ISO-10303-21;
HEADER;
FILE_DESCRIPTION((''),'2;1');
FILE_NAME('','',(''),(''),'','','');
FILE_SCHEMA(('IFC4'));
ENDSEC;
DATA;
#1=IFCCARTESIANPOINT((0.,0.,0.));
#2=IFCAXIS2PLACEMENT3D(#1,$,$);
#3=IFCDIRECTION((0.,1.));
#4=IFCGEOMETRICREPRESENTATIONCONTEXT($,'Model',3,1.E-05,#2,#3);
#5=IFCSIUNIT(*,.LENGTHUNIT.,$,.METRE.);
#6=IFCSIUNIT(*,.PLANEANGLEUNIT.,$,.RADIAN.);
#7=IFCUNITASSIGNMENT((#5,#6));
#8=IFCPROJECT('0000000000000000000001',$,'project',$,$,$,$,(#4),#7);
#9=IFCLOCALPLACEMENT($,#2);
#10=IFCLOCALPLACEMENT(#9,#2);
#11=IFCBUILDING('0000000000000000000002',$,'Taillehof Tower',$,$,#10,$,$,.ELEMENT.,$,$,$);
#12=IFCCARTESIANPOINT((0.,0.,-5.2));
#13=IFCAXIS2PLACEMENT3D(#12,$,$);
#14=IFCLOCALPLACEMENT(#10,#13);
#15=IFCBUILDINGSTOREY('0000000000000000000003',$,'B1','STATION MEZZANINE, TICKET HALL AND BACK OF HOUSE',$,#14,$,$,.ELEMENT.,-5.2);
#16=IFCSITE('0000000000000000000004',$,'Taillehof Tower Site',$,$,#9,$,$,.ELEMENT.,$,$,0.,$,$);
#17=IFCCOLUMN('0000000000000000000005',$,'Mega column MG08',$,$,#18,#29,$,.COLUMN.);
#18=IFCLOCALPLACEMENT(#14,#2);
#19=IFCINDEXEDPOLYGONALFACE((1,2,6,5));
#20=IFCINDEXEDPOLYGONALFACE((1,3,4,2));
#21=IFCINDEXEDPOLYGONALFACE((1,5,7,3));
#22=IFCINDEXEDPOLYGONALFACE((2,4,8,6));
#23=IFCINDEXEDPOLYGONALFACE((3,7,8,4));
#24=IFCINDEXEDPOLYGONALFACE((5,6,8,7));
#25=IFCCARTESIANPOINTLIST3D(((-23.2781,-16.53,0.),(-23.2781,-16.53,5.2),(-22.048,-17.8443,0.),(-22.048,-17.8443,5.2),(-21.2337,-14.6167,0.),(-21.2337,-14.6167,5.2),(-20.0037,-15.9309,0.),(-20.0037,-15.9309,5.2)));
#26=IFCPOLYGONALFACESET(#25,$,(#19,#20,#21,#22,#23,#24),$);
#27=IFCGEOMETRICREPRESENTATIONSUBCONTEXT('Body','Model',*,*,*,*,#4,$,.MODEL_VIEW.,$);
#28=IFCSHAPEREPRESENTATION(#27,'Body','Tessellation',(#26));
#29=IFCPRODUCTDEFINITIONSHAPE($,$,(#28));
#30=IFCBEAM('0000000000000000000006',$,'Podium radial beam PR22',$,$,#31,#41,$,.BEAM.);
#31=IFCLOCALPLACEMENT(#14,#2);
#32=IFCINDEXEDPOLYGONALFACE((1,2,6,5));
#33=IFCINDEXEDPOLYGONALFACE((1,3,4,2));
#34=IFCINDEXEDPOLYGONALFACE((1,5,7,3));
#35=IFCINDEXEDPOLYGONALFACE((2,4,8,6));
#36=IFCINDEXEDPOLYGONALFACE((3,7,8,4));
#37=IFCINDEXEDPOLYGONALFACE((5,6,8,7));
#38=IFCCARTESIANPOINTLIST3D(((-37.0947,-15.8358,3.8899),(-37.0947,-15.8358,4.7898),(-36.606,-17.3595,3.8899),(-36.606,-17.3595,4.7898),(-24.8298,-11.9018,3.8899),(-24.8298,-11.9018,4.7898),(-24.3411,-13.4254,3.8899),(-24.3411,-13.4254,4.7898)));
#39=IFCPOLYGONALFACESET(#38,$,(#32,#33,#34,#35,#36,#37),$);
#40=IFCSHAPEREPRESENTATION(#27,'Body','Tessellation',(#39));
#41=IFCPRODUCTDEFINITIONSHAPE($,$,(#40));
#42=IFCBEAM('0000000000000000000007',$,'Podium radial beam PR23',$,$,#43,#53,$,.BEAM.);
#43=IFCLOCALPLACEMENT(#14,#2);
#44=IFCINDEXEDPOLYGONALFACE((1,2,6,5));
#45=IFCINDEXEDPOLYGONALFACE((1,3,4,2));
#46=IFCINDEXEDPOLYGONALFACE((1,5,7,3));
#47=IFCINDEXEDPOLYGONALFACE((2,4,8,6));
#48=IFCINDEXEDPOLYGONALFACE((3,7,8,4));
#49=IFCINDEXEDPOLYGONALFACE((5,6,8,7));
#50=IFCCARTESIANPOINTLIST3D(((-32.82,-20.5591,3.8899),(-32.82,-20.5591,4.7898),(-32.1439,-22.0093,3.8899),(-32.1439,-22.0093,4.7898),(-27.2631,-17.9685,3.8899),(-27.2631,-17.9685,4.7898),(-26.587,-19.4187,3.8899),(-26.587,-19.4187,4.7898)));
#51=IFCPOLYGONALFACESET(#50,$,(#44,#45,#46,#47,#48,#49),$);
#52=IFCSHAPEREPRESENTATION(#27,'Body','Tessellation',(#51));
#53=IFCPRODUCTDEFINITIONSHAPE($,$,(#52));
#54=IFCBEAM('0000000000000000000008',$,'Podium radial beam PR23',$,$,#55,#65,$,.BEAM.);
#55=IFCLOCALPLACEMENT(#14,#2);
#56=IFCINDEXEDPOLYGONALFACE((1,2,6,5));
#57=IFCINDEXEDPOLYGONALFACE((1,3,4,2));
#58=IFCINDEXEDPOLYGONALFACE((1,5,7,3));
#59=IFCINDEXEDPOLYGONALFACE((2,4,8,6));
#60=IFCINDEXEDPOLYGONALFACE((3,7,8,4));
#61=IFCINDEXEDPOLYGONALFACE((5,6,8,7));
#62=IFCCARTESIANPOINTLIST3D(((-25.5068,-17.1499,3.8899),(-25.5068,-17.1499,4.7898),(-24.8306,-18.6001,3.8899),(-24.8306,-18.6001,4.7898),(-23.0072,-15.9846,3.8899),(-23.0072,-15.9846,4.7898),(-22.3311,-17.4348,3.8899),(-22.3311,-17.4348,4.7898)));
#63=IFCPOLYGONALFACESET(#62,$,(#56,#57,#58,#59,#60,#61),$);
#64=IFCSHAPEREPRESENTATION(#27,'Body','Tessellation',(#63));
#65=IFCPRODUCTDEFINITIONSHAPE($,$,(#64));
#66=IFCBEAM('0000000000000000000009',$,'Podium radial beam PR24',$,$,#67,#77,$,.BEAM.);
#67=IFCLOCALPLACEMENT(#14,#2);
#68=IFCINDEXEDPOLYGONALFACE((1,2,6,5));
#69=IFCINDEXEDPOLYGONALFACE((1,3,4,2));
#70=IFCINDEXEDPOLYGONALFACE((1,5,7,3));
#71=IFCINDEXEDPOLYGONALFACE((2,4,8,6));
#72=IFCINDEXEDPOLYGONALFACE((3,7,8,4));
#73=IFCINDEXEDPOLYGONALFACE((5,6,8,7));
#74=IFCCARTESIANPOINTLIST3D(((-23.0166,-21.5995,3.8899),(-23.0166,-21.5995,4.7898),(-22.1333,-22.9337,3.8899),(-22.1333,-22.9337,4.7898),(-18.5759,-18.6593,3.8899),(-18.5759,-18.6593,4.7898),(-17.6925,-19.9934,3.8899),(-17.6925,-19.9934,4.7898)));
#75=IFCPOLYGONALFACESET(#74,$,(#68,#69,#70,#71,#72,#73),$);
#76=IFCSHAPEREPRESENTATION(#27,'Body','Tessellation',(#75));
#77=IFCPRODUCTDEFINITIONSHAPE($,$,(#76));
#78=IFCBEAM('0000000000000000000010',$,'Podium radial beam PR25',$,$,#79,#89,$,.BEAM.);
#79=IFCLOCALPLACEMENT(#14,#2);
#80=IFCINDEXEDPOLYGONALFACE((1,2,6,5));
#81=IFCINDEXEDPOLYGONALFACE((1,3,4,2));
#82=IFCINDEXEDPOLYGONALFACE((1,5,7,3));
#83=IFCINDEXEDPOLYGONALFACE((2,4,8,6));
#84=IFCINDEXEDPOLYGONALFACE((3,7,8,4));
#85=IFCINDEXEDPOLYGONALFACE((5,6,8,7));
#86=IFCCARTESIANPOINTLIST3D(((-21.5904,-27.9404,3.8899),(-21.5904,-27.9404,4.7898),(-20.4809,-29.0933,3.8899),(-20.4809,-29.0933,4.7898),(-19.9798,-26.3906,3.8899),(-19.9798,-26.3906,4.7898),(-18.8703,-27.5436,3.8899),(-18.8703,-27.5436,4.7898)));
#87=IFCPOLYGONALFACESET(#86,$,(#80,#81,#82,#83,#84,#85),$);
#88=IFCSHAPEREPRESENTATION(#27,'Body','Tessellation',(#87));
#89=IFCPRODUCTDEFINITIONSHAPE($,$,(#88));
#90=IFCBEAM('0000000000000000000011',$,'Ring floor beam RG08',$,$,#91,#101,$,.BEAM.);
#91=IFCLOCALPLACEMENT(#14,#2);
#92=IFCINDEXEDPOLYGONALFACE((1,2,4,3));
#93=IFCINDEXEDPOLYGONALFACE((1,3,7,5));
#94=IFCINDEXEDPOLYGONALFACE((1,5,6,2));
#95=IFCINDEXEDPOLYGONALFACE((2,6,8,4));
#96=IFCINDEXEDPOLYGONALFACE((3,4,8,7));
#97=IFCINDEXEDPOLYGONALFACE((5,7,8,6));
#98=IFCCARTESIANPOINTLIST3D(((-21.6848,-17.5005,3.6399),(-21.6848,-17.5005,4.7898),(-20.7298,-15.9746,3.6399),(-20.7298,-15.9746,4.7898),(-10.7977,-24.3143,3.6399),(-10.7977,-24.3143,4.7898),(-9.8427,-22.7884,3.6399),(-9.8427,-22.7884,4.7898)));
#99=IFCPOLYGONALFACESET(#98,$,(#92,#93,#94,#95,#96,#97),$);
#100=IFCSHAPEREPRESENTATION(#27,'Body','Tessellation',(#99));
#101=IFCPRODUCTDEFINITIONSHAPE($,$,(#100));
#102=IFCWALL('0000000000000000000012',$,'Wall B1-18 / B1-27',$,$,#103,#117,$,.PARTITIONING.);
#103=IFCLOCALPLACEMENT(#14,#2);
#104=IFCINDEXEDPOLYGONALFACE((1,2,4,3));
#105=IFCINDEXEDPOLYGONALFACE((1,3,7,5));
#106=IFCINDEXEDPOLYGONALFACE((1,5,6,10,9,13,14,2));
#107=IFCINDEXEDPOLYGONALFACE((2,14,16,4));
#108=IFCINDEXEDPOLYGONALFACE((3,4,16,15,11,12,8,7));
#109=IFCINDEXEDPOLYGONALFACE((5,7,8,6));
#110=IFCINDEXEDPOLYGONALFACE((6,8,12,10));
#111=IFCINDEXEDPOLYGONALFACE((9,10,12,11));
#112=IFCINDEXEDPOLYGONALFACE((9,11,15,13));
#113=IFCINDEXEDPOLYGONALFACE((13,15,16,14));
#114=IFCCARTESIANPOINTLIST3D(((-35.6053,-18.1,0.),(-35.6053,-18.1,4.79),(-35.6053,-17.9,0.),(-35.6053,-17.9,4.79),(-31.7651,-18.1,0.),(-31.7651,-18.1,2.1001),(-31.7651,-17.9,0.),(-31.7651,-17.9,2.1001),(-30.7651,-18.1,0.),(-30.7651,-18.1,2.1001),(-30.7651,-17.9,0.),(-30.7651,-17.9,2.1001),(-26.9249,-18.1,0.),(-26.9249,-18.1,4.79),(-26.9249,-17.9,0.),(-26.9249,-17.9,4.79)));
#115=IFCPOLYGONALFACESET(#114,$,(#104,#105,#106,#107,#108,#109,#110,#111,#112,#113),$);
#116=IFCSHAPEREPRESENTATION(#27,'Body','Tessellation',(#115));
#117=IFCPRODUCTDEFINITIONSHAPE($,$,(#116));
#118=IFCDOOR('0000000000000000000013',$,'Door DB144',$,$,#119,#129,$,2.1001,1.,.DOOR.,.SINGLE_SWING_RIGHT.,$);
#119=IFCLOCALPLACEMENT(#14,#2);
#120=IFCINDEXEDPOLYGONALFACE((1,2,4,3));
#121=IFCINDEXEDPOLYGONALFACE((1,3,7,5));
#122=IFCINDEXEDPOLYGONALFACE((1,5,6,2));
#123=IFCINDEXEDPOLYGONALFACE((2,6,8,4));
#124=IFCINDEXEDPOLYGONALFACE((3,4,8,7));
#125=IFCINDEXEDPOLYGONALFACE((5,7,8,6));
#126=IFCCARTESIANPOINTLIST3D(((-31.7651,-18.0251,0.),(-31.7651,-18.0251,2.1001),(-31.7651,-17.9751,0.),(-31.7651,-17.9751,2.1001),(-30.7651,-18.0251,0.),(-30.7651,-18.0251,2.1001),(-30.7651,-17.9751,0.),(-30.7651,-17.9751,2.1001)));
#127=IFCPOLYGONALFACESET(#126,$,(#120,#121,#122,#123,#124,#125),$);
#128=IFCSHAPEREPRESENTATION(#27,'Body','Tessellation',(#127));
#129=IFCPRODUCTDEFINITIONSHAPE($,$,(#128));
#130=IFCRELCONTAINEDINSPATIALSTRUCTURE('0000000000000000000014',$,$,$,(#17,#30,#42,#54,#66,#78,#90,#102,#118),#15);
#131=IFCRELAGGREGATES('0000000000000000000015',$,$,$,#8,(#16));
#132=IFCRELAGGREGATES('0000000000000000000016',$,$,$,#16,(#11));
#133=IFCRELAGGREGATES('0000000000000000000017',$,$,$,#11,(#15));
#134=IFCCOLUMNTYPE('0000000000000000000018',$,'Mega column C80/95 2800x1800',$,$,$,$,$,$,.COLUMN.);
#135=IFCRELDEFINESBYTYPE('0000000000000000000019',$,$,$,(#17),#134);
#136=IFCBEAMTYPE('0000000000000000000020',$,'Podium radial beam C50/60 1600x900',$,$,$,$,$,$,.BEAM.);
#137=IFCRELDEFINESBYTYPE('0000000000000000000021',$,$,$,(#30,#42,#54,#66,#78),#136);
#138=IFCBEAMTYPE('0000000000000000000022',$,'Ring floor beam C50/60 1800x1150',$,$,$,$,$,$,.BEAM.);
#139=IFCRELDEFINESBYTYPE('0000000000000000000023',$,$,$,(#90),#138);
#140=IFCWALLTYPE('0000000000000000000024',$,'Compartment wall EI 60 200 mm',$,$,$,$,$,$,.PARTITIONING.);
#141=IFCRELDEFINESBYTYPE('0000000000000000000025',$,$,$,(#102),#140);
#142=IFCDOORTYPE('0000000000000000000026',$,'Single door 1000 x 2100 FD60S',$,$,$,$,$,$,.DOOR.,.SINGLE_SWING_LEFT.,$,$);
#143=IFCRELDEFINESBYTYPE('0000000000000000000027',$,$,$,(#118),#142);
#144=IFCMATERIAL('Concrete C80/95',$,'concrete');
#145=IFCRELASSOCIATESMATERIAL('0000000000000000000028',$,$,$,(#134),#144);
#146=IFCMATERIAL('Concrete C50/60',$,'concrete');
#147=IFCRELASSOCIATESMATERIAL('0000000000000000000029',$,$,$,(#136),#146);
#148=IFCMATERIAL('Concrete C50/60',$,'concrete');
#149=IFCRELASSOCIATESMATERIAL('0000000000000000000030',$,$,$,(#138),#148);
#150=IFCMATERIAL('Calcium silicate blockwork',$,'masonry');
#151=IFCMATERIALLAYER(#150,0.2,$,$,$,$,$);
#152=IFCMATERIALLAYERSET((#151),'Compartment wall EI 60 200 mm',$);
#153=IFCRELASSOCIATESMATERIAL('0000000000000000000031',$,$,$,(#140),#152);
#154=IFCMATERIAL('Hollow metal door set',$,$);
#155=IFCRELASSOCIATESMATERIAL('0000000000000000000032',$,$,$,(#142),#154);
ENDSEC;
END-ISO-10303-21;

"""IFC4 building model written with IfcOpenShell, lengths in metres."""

from ifc_helpers import new_model, si_unit, direction, frame, frame_2d, origin, origin_2d, place, context, subcontext, project, spatial, rectangle, extrude, material, layer, layer_set, material_profile, profile_set, type_object, element, fill, save


model = new_model("IFC4")

# Units and contexts
model_context = context("Model", 3, precision=1e-05, world=origin(), true_north=direction((0.0, 1.0)))
body_context = subcontext(model_context, "Body", "Model", "MODEL_VIEW")
ifc_project = project(units=[si_unit("LENGTHUNIT", "METRE"), si_unit("PLANEANGLEUNIT", "RADIAN")], contexts=[model_context])

# Site, building, storey
site_placement = place(None, origin())
site = spatial("IfcSite", under=ifc_project, at=site_placement, Name="Taillehof Tower Site", CompositionType="ELEMENT", RefElevation=0.0)
building_placement = place(site_placement, origin())
building = spatial("IfcBuilding", under=site, at=building_placement, Name="Taillehof Tower", CompositionType="ELEMENT")
storey_placement = place(building_placement, frame((0.0, 0.0, -5.2)))
storey = spatial("IfcBuildingStorey", under=building, at=storey_placement, Name="B1", Description="STATION MEZZANINE, TICKET HALL AND BACK OF HOUSE", CompositionType="ELEMENT", Elevation=-5.2)

# Column
ifc_material_1 = material(Name="Concrete C80/95", Category="concrete")
ifc_material_profile_1 = material_profile(ifc_material_1, rectangle(XDim=2.8, YDim=1.8, at=origin_2d()), Name="RC 2800x1800")
ifc_profile_set_1 = profile_set([ifc_material_profile_1], Name="Concrete C80/95")
column_type = type_object("IfcColumnType", Name="Mega column C80/95 2800x1800", PredefinedType="COLUMN", material=ifc_profile_set_1)
column_placement = place(storey_placement, frame((-21.6409, -16.2305, 0.0), z_axis=(0.0, 0.0, 1.0), x_axis=(-0.730113, -0.683326, 0.0)))
element("IfcColumn", 1, at=column_placement, inside=storey, type_object=column_type, Name="Mega column MG08", PredefinedType="COLUMN", context=body_context, shape_type="SweptSolid", body=[
    extrude(rectangle(XDim=2.8, YDim=1.8, at=origin_2d()), origin(), (0.0, 0.0, 1.0), 5.2),
])

# Beams
ifc_material_2 = material(Name="Concrete C50/60", Category="concrete")
ifc_material_profile_2 = material_profile(ifc_material_2, rectangle(XDim=1.6001, YDim=0.8999, at=origin_2d()), Name="RC 1600x900")
ifc_profile_set_2 = profile_set([ifc_material_profile_2], Name="Concrete C50/60")
beam_type_1 = type_object("IfcBeamType", Name="Podium radial beam C50/60 1600x900", PredefinedType="BEAM", material=ifc_profile_set_2)
beam_1_placement = place(storey_placement, frame((-36.8503, -16.5977, 4.3398), z_axis=(0.952214, 0.305432, 0.0), x_axis=(-0.305432, 0.952214, 0.0)))
element("IfcBeam", 2, at=beam_1_placement, inside=storey, type_object=beam_type_1, Name="Podium radial beam PR22", PredefinedType="BEAM", context=body_context, shape_type="SweptSolid", body=[
    extrude(rectangle(XDim=1.6001, YDim=0.8999, at=origin_2d()), origin(), (0.0, 0.0, 1.0), 12.8804),
])
beam_2_placement = place(storey_placement, frame((-32.4819, -21.2842, 4.3398), z_axis=(0.906348, 0.422532, 0.0), x_axis=(-0.422532, 0.906348, 0.0)))
element("IfcBeam", 3, at=beam_2_placement, inside=storey, type_object=beam_type_1, Name="Podium radial beam PR23", PredefinedType="BEAM", context=body_context, shape_type="SweptSolid", body=[
    extrude(rectangle(XDim=1.6001, YDim=0.8999, at=origin_2d()), origin(), (0.0, 0.0, 1.0), 6.1311),
])
beam_3_placement = place(storey_placement, frame((-25.1687, -17.875, 4.3398), z_axis=(0.906344, 0.422541, 0.0), x_axis=(-0.422541, 0.906344, 0.0)))
element("IfcBeam", 4, at=beam_3_placement, inside=storey, type_object=beam_type_1, Name="Podium radial beam PR23", PredefinedType="BEAM", context=body_context, shape_type="SweptSolid", body=[
    extrude(rectangle(XDim=1.6001, YDim=0.8999, at=origin_2d()), origin(), (0.0, 0.0, 1.0), 2.7578),
])
beam_4_placement = place(storey_placement, frame((-22.575, -22.2666, 4.3398), z_axis=(0.833802, 0.552063, 0.0), x_axis=(-0.552063, 0.833802, 0.0)))
element("IfcBeam", 5, at=beam_4_placement, inside=storey, type_object=beam_type_1, Name="Podium radial beam PR24", PredefinedType="BEAM", context=body_context, shape_type="SweptSolid", body=[
    extrude(rectangle(XDim=1.6001, YDim=0.8999, at=origin_2d()), origin(), (0.0, 0.0, 1.0), 5.3259),
])
beam_5_placement = place(storey_placement, frame((-21.0356, -28.5168, 4.3398), z_axis=(0.720575, 0.693377, 0.0), x_axis=(-0.693377, 0.720575, 0.0)))
element("IfcBeam", 6, at=beam_5_placement, inside=storey, type_object=beam_type_1, Name="Podium radial beam PR25", PredefinedType="BEAM", context=body_context, shape_type="SweptSolid", body=[
    extrude(rectangle(XDim=1.6001, YDim=0.8999, at=origin_2d()), origin(), (0.0, 0.0, 1.0), 2.2351),
])
ifc_material_3 = material(Name="Concrete C50/60", Category="concrete")
ifc_material_profile_3 = material_profile(ifc_material_3, rectangle(XDim=1.8, YDim=1.1499, at=origin_2d()), Name="RC 1800x1150")
ifc_profile_set_3 = profile_set([ifc_material_profile_3], Name="Concrete C50/60")
beam_type_2 = type_object("IfcBeamType", Name="Ring floor beam C50/60 1800x1150", PredefinedType="BEAM", material=ifc_profile_set_3)
beam_6_placement = place(storey_placement, frame((-21.2073, -16.7375, 4.2148), z_axis=(0.84767, -0.530523, 0.0), x_axis=(0.530523, 0.84767, 0.0)))
element("IfcBeam", 7, at=beam_6_placement, inside=storey, type_object=beam_type_2, Name="Ring floor beam RG08", PredefinedType="BEAM", context=body_context, shape_type="SweptSolid", body=[
    extrude(rectangle(XDim=1.8, YDim=1.1499, at=origin_2d()), origin(), (0.0, 0.0, 1.0), 12.8435),
])

# Wall, opening, door
ifc_material_4 = material(Name="Calcium silicate blockwork", Category="masonry")
ifc_layer_1 = layer(ifc_material_4, 0.2)
ifc_layer_set_1 = layer_set([ifc_layer_1], Name="Compartment wall EI 60 200 mm")
wall_type_1 = type_object("IfcWallType", Name="Compartment wall EI 60 200 mm", PredefinedType="PARTITIONING", material=ifc_layer_set_1)
wall_1_placement = place(storey_placement, frame((-35.6055, -18.0, 0.0), z_axis=(0.0, 0.0, 1.0), x_axis=(1.0, 0.0, 0.0)))
wall_1 = element("IfcWall", 8, at=wall_1_placement, inside=storey, type_object=wall_type_1, Name="Wall B1-18 / B1-27", PredefinedType="PARTITIONING", context=body_context, shape_type="SweptSolid", body=[
    extrude(rectangle(XDim=8.6804, YDim=0.2, at=frame_2d((4.3403, 0.0))), origin(), (0.0, 0.0, 1.0), 4.79),
])
opening_1_placement = place(wall_1_placement, frame((3.8403, 0.0, 0.0)))
opening_1 = element("IfcOpeningElement", 9, at=opening_1_placement, cuts=wall_1, PredefinedType="OPENING", context=body_context, shape_type="SweptSolid", body=[
    extrude(rectangle(XDim=1.0, YDim=2.1001, at=frame_2d((0.5, 1.05))), frame((0.0, 0.1099, 0.0), z_axis=(0.0, -1.0, 0.0), x_axis=(1.0, 0.0, 0.0)), (0.0, 0.0, 1.0), 0.22),
])
ifc_material_5 = material(Name="Hollow metal door set")
door_type_1 = type_object("IfcDoorType", Name="Single door 1000 x 2100 FD60S", OperationType="SINGLE_SWING_LEFT", PredefinedType="DOOR", material=ifc_material_5)
door_1_placement = place(opening_1_placement, origin())
door_1 = element("IfcDoor", 10, at=door_1_placement, inside=storey, type_object=door_type_1, Name="Door DB144", OperationType="SINGLE_SWING_RIGHT", OverallHeight=2.1001, OverallWidth=1.0, PredefinedType="DOOR", context=body_context, shape_type="SweptSolid", body=[
    extrude(rectangle(XDim=1.0, YDim=2.1001, at=frame_2d((0.5, 1.05))), frame((0.0, 0.0249, 0.0), z_axis=(0.0, -1.0, 0.0), x_axis=(1.0, 0.0, 0.0)), (0.0, 0.0, 1.0), 0.05),
])
fill(opening_1, door_1)

save(model, "model.ifc")
